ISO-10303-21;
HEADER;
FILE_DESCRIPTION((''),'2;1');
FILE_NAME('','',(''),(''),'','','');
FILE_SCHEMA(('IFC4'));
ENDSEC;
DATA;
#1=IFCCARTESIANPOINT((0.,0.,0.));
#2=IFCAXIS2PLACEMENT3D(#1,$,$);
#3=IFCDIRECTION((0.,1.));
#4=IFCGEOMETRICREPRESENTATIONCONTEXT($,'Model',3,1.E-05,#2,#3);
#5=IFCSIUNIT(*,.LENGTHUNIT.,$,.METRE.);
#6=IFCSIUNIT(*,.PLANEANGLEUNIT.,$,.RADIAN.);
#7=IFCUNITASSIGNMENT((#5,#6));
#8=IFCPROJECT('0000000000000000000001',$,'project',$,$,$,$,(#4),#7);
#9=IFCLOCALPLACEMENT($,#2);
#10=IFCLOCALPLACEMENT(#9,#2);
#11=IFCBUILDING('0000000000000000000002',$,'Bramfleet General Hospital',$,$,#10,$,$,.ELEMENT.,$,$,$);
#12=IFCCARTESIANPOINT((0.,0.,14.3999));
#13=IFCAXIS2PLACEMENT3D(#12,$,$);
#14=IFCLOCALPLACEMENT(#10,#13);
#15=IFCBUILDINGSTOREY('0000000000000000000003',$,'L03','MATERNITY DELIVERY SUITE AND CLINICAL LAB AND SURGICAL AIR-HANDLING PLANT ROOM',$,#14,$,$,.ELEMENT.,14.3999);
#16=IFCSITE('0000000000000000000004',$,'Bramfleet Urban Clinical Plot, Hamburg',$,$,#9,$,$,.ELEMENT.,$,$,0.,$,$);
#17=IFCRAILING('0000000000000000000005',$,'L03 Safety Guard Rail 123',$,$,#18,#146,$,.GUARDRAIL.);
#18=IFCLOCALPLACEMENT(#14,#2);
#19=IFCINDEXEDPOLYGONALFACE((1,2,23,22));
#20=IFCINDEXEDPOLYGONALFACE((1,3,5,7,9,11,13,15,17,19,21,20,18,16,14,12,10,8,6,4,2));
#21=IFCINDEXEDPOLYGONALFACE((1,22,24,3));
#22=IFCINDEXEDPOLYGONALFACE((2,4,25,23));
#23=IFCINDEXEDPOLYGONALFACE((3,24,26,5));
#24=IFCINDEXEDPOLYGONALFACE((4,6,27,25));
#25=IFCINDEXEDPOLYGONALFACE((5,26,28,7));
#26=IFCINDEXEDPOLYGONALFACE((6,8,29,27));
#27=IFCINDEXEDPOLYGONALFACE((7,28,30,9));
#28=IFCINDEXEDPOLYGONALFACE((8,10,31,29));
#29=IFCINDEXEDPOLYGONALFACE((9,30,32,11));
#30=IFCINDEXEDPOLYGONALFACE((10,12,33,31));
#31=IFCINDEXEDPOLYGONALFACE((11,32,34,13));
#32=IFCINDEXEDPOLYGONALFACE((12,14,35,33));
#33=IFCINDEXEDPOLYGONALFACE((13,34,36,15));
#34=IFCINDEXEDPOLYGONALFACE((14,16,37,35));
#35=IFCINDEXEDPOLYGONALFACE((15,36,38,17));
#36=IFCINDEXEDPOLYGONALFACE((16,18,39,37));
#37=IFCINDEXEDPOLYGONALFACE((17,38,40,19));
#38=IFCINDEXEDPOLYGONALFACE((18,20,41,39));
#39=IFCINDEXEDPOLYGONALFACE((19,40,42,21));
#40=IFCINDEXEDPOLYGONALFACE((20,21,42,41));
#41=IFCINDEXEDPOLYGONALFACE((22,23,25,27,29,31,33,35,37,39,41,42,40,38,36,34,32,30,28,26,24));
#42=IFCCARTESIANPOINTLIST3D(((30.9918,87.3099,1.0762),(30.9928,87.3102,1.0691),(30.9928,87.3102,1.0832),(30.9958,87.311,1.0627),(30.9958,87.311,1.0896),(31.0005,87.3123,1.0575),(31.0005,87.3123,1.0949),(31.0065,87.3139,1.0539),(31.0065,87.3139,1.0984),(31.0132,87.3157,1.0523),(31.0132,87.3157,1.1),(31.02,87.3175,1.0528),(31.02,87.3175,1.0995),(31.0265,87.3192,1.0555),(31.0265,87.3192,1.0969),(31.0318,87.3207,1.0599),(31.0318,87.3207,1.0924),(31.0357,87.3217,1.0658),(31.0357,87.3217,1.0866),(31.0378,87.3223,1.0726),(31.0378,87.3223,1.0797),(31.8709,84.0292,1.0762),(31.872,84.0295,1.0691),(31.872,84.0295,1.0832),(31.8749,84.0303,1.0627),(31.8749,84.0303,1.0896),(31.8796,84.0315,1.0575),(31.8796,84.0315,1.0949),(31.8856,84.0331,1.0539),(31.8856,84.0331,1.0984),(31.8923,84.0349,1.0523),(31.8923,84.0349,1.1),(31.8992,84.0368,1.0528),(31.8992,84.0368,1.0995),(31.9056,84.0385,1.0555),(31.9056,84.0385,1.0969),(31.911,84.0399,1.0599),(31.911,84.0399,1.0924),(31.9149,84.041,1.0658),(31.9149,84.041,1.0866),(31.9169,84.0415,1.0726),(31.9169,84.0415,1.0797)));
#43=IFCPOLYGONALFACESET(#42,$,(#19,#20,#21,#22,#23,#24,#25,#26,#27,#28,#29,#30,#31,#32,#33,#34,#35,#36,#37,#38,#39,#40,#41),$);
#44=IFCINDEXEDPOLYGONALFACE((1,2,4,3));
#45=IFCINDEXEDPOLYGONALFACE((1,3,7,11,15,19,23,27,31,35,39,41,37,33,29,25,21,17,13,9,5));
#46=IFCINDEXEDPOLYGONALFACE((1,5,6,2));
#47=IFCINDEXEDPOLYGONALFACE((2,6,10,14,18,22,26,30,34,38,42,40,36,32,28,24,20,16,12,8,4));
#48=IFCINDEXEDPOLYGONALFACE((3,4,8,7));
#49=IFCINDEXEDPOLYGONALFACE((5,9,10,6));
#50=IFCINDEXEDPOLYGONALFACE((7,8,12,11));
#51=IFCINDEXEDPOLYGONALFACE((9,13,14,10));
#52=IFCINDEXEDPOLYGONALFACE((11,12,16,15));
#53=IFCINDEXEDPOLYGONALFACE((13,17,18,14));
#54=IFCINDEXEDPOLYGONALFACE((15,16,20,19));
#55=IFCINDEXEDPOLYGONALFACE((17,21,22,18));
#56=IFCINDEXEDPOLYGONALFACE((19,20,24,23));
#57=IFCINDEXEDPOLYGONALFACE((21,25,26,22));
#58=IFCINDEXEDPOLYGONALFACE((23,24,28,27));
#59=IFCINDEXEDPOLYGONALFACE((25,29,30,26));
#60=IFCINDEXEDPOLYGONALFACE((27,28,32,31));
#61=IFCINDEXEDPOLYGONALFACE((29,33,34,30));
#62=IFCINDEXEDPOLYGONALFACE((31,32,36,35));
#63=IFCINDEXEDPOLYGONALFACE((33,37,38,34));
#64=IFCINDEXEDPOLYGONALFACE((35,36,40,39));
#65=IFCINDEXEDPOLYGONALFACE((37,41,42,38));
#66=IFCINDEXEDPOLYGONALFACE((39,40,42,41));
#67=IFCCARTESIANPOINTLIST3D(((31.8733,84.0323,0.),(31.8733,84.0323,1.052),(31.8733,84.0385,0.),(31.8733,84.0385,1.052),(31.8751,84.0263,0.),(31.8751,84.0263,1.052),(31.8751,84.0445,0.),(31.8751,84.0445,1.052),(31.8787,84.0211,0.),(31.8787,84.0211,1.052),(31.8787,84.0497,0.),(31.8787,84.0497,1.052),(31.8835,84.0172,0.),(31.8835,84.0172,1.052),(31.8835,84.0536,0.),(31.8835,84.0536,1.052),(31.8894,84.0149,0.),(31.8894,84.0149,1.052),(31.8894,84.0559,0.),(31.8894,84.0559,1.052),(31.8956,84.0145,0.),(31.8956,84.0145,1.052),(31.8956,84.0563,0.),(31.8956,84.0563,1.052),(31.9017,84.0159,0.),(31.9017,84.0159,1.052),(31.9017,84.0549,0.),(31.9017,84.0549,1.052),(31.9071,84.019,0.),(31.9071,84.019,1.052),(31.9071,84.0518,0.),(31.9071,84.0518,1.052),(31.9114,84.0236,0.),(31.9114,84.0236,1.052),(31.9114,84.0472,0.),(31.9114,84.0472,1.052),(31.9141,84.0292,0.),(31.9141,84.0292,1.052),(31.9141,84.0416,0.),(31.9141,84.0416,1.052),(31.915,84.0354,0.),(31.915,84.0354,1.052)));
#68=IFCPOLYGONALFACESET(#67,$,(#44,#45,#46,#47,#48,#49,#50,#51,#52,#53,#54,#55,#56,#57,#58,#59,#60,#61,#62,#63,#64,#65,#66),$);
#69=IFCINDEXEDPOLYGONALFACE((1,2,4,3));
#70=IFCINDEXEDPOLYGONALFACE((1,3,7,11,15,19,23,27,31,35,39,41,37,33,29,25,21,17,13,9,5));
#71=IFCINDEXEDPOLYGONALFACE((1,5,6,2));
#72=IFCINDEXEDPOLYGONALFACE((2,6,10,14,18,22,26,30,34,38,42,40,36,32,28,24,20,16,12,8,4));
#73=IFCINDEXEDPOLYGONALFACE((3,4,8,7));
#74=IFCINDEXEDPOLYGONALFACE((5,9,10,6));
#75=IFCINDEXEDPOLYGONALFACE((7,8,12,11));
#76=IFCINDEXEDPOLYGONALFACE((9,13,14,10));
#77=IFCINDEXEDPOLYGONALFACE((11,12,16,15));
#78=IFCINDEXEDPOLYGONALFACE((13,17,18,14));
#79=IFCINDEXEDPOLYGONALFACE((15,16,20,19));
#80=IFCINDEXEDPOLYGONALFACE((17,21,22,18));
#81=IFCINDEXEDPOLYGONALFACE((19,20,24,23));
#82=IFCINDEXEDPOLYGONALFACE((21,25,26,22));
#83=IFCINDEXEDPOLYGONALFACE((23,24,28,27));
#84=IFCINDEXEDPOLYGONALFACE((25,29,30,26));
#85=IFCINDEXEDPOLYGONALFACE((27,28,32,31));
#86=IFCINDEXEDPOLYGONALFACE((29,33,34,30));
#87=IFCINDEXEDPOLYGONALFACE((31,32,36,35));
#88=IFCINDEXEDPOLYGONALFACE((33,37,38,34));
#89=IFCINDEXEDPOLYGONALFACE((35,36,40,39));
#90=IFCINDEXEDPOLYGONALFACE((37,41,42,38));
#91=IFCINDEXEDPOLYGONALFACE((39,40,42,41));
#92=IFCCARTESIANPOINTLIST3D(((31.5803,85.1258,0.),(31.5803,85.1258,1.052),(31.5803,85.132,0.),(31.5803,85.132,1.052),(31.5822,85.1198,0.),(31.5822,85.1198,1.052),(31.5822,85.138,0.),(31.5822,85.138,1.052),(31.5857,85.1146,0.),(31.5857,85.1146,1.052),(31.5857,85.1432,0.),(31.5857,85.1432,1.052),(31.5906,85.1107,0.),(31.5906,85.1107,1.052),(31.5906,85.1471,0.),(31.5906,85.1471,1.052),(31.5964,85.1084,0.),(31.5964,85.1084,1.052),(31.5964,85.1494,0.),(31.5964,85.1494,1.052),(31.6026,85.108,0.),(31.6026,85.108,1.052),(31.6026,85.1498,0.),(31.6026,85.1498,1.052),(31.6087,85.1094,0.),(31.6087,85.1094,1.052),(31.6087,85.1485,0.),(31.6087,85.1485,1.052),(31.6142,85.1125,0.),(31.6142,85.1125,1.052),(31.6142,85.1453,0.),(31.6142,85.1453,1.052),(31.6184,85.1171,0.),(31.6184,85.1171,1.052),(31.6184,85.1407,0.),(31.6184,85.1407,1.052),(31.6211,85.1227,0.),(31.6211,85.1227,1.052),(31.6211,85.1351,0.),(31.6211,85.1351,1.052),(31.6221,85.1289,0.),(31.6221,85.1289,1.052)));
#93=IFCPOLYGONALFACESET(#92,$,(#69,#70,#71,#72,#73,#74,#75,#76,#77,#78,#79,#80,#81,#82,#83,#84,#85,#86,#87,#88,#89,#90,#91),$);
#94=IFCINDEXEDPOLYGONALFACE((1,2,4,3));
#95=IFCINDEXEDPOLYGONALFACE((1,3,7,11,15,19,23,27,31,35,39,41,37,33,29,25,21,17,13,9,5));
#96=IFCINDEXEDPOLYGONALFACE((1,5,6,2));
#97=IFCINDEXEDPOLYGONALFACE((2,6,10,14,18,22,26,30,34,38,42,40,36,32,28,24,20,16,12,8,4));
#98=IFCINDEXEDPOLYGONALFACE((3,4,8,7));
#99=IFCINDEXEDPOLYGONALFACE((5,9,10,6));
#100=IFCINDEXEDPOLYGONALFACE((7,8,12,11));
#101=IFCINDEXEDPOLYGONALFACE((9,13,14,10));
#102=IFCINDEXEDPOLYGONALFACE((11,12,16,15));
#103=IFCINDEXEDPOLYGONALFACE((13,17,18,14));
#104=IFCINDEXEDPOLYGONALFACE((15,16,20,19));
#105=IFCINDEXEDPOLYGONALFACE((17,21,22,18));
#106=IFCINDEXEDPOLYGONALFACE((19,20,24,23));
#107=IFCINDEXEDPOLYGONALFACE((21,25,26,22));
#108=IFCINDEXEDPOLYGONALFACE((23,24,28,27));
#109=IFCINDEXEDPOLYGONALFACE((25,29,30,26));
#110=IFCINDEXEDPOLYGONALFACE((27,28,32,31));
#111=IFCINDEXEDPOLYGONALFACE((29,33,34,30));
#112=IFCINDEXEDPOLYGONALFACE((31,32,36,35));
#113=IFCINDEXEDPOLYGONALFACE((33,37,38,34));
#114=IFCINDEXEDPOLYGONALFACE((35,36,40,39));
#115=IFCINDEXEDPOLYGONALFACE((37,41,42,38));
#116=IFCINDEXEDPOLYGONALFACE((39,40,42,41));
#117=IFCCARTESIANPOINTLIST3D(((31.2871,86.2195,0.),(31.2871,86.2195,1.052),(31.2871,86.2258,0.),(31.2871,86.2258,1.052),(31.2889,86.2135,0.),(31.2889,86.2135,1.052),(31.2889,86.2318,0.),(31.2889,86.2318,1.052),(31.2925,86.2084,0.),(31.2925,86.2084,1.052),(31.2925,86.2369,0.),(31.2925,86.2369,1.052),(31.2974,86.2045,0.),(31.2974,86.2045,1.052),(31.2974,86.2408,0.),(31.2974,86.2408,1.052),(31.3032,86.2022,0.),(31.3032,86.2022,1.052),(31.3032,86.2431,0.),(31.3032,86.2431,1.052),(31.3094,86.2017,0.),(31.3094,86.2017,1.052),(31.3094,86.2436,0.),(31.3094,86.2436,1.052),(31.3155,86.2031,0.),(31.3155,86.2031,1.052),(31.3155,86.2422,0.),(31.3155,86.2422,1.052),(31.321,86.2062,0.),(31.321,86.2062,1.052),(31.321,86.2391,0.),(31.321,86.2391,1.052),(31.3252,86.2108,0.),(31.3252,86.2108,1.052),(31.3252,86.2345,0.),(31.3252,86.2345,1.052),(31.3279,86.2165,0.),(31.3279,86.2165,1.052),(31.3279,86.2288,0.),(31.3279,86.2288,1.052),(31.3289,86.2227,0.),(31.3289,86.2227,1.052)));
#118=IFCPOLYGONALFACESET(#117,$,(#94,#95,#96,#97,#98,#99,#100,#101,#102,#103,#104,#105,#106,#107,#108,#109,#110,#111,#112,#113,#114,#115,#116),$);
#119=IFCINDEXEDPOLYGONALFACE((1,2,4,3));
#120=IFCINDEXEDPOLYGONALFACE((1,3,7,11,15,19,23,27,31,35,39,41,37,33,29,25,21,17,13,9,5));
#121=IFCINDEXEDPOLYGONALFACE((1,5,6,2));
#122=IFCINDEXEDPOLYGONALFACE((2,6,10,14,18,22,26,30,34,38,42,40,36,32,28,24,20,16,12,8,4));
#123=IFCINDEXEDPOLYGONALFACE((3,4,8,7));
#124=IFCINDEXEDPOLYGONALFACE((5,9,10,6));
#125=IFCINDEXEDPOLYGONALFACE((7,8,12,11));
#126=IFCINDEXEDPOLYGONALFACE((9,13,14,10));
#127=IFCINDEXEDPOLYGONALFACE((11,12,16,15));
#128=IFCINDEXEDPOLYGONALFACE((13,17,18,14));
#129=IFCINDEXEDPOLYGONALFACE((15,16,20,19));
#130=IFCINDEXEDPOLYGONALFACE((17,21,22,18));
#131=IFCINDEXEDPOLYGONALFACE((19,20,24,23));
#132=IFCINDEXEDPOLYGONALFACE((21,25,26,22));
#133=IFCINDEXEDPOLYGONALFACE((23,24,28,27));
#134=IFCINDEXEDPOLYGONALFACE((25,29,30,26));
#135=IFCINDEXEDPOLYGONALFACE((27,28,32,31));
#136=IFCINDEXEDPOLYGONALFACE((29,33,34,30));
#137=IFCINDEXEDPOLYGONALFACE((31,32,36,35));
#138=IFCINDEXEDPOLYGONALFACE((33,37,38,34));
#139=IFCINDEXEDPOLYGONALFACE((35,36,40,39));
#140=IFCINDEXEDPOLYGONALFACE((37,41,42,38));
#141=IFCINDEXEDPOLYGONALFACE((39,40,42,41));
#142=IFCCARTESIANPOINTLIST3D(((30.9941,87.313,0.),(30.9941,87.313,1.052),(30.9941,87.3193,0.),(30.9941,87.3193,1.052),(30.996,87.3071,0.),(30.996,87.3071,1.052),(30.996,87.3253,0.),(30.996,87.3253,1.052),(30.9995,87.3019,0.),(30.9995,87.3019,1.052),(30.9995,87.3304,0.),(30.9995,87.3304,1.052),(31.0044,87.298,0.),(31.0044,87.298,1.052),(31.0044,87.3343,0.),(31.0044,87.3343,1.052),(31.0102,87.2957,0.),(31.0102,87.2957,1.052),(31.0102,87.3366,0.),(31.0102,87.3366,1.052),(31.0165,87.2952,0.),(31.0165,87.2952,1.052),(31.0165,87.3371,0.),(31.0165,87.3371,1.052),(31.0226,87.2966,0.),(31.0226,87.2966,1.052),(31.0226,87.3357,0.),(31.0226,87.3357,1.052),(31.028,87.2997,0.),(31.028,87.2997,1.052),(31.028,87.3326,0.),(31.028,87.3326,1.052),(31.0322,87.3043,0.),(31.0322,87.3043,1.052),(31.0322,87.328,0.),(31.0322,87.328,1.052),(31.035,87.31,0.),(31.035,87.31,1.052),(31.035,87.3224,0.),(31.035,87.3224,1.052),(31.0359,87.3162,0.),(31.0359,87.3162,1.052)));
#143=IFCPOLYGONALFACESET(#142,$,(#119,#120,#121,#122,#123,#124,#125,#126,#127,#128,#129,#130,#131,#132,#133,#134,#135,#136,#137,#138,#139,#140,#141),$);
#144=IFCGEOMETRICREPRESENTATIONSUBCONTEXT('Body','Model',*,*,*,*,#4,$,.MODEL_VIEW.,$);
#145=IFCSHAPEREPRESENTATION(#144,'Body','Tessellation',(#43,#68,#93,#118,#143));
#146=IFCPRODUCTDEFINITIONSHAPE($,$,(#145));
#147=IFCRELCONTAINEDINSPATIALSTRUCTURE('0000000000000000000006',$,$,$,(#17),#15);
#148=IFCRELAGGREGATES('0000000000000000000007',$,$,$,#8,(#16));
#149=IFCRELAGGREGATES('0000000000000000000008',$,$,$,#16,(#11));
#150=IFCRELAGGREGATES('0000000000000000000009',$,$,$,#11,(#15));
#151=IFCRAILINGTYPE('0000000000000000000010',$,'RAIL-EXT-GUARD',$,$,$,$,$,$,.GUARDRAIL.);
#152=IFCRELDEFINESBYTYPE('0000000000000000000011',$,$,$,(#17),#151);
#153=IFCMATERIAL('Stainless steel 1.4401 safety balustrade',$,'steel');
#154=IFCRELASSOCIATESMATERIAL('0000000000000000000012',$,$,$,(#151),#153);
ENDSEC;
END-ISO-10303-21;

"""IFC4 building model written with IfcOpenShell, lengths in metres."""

from ifc_helpers import new_model, si_unit, direction, frame, origin, origin_2d, place, context, subcontext, project, spatial, circle, extrude, material, type_object, element, save


model = new_model("IFC4")

# Units and contexts
model_context = context("Model", 3, precision=1e-05, world=origin(), true_north=direction((0.0, 1.0)))
body_context = subcontext(model_context, "Body", "Model", "MODEL_VIEW")
ifc_project = project(units=[si_unit("LENGTHUNIT", "METRE"), si_unit("PLANEANGLEUNIT", "RADIAN")], contexts=[model_context])

# Site, building, storey
site_placement = place(None, origin())
site = spatial("IfcSite", under=ifc_project, at=site_placement, Name="Bramfleet Urban Clinical Plot, Hamburg", CompositionType="ELEMENT", RefElevation=0.0)
building_placement = place(site_placement, origin())
building = spatial("IfcBuilding", under=site, at=building_placement, Name="Bramfleet General Hospital", CompositionType="ELEMENT")
storey_placement = place(building_placement, frame((0.0, 0.0, 14.3999)))
storey = spatial("IfcBuildingStorey", under=building, at=storey_placement, Name="L03", Description="MATERNITY DELIVERY SUITE AND CLINICAL LAB AND SURGICAL AIR-HANDLING PLANT ROOM", CompositionType="ELEMENT", Elevation=14.3999)

# Railing
ifc_material_1 = material(Name="Stainless steel 1.4401 safety balustrade", Category="steel")
railing_type = type_object("IfcRailingType", Name="RAIL-EXT-GUARD", PredefinedType="GUARDRAIL", material=ifc_material_1)
railing_placement = place(storey_placement, frame((31.894, 84.0354, 0.0)))
element("IfcRailing", 1, at=railing_placement, inside=storey, type_object=railing_type, Name="L03 Safety Guard Rail 123", PredefinedType="GUARDRAIL", context=body_context, shape_type="SweptSolid", body=[
    extrude(circle(Radius=0.0239, at=origin_2d()), frame((0.0, 0.0, 1.0762), z_axis=(-0.258839, 0.96592, 0.0), x_axis=(-0.96592, -0.258839, 0.0)), (0.0, 0.0, 1.0), 3.3965),
    extrude(circle(Radius=0.021, at=origin_2d()), origin(), (0.0, 0.0, 1.0), 1.052),
    extrude(circle(Radius=0.021, at=origin_2d()), frame((-0.293, 1.0935, 0.0)), (0.0, 0.0, 1.0), 1.052),
    extrude(circle(Radius=0.021, at=origin_2d()), frame((-0.5862, 2.1873, 0.0)), (0.0, 0.0, 1.0), 1.052),
    extrude(circle(Radius=0.021, at=origin_2d()), frame((-0.8792, 3.2808, 0.0)), (0.0, 0.0, 1.0), 1.052),
])

save(model, "model.ifc")
